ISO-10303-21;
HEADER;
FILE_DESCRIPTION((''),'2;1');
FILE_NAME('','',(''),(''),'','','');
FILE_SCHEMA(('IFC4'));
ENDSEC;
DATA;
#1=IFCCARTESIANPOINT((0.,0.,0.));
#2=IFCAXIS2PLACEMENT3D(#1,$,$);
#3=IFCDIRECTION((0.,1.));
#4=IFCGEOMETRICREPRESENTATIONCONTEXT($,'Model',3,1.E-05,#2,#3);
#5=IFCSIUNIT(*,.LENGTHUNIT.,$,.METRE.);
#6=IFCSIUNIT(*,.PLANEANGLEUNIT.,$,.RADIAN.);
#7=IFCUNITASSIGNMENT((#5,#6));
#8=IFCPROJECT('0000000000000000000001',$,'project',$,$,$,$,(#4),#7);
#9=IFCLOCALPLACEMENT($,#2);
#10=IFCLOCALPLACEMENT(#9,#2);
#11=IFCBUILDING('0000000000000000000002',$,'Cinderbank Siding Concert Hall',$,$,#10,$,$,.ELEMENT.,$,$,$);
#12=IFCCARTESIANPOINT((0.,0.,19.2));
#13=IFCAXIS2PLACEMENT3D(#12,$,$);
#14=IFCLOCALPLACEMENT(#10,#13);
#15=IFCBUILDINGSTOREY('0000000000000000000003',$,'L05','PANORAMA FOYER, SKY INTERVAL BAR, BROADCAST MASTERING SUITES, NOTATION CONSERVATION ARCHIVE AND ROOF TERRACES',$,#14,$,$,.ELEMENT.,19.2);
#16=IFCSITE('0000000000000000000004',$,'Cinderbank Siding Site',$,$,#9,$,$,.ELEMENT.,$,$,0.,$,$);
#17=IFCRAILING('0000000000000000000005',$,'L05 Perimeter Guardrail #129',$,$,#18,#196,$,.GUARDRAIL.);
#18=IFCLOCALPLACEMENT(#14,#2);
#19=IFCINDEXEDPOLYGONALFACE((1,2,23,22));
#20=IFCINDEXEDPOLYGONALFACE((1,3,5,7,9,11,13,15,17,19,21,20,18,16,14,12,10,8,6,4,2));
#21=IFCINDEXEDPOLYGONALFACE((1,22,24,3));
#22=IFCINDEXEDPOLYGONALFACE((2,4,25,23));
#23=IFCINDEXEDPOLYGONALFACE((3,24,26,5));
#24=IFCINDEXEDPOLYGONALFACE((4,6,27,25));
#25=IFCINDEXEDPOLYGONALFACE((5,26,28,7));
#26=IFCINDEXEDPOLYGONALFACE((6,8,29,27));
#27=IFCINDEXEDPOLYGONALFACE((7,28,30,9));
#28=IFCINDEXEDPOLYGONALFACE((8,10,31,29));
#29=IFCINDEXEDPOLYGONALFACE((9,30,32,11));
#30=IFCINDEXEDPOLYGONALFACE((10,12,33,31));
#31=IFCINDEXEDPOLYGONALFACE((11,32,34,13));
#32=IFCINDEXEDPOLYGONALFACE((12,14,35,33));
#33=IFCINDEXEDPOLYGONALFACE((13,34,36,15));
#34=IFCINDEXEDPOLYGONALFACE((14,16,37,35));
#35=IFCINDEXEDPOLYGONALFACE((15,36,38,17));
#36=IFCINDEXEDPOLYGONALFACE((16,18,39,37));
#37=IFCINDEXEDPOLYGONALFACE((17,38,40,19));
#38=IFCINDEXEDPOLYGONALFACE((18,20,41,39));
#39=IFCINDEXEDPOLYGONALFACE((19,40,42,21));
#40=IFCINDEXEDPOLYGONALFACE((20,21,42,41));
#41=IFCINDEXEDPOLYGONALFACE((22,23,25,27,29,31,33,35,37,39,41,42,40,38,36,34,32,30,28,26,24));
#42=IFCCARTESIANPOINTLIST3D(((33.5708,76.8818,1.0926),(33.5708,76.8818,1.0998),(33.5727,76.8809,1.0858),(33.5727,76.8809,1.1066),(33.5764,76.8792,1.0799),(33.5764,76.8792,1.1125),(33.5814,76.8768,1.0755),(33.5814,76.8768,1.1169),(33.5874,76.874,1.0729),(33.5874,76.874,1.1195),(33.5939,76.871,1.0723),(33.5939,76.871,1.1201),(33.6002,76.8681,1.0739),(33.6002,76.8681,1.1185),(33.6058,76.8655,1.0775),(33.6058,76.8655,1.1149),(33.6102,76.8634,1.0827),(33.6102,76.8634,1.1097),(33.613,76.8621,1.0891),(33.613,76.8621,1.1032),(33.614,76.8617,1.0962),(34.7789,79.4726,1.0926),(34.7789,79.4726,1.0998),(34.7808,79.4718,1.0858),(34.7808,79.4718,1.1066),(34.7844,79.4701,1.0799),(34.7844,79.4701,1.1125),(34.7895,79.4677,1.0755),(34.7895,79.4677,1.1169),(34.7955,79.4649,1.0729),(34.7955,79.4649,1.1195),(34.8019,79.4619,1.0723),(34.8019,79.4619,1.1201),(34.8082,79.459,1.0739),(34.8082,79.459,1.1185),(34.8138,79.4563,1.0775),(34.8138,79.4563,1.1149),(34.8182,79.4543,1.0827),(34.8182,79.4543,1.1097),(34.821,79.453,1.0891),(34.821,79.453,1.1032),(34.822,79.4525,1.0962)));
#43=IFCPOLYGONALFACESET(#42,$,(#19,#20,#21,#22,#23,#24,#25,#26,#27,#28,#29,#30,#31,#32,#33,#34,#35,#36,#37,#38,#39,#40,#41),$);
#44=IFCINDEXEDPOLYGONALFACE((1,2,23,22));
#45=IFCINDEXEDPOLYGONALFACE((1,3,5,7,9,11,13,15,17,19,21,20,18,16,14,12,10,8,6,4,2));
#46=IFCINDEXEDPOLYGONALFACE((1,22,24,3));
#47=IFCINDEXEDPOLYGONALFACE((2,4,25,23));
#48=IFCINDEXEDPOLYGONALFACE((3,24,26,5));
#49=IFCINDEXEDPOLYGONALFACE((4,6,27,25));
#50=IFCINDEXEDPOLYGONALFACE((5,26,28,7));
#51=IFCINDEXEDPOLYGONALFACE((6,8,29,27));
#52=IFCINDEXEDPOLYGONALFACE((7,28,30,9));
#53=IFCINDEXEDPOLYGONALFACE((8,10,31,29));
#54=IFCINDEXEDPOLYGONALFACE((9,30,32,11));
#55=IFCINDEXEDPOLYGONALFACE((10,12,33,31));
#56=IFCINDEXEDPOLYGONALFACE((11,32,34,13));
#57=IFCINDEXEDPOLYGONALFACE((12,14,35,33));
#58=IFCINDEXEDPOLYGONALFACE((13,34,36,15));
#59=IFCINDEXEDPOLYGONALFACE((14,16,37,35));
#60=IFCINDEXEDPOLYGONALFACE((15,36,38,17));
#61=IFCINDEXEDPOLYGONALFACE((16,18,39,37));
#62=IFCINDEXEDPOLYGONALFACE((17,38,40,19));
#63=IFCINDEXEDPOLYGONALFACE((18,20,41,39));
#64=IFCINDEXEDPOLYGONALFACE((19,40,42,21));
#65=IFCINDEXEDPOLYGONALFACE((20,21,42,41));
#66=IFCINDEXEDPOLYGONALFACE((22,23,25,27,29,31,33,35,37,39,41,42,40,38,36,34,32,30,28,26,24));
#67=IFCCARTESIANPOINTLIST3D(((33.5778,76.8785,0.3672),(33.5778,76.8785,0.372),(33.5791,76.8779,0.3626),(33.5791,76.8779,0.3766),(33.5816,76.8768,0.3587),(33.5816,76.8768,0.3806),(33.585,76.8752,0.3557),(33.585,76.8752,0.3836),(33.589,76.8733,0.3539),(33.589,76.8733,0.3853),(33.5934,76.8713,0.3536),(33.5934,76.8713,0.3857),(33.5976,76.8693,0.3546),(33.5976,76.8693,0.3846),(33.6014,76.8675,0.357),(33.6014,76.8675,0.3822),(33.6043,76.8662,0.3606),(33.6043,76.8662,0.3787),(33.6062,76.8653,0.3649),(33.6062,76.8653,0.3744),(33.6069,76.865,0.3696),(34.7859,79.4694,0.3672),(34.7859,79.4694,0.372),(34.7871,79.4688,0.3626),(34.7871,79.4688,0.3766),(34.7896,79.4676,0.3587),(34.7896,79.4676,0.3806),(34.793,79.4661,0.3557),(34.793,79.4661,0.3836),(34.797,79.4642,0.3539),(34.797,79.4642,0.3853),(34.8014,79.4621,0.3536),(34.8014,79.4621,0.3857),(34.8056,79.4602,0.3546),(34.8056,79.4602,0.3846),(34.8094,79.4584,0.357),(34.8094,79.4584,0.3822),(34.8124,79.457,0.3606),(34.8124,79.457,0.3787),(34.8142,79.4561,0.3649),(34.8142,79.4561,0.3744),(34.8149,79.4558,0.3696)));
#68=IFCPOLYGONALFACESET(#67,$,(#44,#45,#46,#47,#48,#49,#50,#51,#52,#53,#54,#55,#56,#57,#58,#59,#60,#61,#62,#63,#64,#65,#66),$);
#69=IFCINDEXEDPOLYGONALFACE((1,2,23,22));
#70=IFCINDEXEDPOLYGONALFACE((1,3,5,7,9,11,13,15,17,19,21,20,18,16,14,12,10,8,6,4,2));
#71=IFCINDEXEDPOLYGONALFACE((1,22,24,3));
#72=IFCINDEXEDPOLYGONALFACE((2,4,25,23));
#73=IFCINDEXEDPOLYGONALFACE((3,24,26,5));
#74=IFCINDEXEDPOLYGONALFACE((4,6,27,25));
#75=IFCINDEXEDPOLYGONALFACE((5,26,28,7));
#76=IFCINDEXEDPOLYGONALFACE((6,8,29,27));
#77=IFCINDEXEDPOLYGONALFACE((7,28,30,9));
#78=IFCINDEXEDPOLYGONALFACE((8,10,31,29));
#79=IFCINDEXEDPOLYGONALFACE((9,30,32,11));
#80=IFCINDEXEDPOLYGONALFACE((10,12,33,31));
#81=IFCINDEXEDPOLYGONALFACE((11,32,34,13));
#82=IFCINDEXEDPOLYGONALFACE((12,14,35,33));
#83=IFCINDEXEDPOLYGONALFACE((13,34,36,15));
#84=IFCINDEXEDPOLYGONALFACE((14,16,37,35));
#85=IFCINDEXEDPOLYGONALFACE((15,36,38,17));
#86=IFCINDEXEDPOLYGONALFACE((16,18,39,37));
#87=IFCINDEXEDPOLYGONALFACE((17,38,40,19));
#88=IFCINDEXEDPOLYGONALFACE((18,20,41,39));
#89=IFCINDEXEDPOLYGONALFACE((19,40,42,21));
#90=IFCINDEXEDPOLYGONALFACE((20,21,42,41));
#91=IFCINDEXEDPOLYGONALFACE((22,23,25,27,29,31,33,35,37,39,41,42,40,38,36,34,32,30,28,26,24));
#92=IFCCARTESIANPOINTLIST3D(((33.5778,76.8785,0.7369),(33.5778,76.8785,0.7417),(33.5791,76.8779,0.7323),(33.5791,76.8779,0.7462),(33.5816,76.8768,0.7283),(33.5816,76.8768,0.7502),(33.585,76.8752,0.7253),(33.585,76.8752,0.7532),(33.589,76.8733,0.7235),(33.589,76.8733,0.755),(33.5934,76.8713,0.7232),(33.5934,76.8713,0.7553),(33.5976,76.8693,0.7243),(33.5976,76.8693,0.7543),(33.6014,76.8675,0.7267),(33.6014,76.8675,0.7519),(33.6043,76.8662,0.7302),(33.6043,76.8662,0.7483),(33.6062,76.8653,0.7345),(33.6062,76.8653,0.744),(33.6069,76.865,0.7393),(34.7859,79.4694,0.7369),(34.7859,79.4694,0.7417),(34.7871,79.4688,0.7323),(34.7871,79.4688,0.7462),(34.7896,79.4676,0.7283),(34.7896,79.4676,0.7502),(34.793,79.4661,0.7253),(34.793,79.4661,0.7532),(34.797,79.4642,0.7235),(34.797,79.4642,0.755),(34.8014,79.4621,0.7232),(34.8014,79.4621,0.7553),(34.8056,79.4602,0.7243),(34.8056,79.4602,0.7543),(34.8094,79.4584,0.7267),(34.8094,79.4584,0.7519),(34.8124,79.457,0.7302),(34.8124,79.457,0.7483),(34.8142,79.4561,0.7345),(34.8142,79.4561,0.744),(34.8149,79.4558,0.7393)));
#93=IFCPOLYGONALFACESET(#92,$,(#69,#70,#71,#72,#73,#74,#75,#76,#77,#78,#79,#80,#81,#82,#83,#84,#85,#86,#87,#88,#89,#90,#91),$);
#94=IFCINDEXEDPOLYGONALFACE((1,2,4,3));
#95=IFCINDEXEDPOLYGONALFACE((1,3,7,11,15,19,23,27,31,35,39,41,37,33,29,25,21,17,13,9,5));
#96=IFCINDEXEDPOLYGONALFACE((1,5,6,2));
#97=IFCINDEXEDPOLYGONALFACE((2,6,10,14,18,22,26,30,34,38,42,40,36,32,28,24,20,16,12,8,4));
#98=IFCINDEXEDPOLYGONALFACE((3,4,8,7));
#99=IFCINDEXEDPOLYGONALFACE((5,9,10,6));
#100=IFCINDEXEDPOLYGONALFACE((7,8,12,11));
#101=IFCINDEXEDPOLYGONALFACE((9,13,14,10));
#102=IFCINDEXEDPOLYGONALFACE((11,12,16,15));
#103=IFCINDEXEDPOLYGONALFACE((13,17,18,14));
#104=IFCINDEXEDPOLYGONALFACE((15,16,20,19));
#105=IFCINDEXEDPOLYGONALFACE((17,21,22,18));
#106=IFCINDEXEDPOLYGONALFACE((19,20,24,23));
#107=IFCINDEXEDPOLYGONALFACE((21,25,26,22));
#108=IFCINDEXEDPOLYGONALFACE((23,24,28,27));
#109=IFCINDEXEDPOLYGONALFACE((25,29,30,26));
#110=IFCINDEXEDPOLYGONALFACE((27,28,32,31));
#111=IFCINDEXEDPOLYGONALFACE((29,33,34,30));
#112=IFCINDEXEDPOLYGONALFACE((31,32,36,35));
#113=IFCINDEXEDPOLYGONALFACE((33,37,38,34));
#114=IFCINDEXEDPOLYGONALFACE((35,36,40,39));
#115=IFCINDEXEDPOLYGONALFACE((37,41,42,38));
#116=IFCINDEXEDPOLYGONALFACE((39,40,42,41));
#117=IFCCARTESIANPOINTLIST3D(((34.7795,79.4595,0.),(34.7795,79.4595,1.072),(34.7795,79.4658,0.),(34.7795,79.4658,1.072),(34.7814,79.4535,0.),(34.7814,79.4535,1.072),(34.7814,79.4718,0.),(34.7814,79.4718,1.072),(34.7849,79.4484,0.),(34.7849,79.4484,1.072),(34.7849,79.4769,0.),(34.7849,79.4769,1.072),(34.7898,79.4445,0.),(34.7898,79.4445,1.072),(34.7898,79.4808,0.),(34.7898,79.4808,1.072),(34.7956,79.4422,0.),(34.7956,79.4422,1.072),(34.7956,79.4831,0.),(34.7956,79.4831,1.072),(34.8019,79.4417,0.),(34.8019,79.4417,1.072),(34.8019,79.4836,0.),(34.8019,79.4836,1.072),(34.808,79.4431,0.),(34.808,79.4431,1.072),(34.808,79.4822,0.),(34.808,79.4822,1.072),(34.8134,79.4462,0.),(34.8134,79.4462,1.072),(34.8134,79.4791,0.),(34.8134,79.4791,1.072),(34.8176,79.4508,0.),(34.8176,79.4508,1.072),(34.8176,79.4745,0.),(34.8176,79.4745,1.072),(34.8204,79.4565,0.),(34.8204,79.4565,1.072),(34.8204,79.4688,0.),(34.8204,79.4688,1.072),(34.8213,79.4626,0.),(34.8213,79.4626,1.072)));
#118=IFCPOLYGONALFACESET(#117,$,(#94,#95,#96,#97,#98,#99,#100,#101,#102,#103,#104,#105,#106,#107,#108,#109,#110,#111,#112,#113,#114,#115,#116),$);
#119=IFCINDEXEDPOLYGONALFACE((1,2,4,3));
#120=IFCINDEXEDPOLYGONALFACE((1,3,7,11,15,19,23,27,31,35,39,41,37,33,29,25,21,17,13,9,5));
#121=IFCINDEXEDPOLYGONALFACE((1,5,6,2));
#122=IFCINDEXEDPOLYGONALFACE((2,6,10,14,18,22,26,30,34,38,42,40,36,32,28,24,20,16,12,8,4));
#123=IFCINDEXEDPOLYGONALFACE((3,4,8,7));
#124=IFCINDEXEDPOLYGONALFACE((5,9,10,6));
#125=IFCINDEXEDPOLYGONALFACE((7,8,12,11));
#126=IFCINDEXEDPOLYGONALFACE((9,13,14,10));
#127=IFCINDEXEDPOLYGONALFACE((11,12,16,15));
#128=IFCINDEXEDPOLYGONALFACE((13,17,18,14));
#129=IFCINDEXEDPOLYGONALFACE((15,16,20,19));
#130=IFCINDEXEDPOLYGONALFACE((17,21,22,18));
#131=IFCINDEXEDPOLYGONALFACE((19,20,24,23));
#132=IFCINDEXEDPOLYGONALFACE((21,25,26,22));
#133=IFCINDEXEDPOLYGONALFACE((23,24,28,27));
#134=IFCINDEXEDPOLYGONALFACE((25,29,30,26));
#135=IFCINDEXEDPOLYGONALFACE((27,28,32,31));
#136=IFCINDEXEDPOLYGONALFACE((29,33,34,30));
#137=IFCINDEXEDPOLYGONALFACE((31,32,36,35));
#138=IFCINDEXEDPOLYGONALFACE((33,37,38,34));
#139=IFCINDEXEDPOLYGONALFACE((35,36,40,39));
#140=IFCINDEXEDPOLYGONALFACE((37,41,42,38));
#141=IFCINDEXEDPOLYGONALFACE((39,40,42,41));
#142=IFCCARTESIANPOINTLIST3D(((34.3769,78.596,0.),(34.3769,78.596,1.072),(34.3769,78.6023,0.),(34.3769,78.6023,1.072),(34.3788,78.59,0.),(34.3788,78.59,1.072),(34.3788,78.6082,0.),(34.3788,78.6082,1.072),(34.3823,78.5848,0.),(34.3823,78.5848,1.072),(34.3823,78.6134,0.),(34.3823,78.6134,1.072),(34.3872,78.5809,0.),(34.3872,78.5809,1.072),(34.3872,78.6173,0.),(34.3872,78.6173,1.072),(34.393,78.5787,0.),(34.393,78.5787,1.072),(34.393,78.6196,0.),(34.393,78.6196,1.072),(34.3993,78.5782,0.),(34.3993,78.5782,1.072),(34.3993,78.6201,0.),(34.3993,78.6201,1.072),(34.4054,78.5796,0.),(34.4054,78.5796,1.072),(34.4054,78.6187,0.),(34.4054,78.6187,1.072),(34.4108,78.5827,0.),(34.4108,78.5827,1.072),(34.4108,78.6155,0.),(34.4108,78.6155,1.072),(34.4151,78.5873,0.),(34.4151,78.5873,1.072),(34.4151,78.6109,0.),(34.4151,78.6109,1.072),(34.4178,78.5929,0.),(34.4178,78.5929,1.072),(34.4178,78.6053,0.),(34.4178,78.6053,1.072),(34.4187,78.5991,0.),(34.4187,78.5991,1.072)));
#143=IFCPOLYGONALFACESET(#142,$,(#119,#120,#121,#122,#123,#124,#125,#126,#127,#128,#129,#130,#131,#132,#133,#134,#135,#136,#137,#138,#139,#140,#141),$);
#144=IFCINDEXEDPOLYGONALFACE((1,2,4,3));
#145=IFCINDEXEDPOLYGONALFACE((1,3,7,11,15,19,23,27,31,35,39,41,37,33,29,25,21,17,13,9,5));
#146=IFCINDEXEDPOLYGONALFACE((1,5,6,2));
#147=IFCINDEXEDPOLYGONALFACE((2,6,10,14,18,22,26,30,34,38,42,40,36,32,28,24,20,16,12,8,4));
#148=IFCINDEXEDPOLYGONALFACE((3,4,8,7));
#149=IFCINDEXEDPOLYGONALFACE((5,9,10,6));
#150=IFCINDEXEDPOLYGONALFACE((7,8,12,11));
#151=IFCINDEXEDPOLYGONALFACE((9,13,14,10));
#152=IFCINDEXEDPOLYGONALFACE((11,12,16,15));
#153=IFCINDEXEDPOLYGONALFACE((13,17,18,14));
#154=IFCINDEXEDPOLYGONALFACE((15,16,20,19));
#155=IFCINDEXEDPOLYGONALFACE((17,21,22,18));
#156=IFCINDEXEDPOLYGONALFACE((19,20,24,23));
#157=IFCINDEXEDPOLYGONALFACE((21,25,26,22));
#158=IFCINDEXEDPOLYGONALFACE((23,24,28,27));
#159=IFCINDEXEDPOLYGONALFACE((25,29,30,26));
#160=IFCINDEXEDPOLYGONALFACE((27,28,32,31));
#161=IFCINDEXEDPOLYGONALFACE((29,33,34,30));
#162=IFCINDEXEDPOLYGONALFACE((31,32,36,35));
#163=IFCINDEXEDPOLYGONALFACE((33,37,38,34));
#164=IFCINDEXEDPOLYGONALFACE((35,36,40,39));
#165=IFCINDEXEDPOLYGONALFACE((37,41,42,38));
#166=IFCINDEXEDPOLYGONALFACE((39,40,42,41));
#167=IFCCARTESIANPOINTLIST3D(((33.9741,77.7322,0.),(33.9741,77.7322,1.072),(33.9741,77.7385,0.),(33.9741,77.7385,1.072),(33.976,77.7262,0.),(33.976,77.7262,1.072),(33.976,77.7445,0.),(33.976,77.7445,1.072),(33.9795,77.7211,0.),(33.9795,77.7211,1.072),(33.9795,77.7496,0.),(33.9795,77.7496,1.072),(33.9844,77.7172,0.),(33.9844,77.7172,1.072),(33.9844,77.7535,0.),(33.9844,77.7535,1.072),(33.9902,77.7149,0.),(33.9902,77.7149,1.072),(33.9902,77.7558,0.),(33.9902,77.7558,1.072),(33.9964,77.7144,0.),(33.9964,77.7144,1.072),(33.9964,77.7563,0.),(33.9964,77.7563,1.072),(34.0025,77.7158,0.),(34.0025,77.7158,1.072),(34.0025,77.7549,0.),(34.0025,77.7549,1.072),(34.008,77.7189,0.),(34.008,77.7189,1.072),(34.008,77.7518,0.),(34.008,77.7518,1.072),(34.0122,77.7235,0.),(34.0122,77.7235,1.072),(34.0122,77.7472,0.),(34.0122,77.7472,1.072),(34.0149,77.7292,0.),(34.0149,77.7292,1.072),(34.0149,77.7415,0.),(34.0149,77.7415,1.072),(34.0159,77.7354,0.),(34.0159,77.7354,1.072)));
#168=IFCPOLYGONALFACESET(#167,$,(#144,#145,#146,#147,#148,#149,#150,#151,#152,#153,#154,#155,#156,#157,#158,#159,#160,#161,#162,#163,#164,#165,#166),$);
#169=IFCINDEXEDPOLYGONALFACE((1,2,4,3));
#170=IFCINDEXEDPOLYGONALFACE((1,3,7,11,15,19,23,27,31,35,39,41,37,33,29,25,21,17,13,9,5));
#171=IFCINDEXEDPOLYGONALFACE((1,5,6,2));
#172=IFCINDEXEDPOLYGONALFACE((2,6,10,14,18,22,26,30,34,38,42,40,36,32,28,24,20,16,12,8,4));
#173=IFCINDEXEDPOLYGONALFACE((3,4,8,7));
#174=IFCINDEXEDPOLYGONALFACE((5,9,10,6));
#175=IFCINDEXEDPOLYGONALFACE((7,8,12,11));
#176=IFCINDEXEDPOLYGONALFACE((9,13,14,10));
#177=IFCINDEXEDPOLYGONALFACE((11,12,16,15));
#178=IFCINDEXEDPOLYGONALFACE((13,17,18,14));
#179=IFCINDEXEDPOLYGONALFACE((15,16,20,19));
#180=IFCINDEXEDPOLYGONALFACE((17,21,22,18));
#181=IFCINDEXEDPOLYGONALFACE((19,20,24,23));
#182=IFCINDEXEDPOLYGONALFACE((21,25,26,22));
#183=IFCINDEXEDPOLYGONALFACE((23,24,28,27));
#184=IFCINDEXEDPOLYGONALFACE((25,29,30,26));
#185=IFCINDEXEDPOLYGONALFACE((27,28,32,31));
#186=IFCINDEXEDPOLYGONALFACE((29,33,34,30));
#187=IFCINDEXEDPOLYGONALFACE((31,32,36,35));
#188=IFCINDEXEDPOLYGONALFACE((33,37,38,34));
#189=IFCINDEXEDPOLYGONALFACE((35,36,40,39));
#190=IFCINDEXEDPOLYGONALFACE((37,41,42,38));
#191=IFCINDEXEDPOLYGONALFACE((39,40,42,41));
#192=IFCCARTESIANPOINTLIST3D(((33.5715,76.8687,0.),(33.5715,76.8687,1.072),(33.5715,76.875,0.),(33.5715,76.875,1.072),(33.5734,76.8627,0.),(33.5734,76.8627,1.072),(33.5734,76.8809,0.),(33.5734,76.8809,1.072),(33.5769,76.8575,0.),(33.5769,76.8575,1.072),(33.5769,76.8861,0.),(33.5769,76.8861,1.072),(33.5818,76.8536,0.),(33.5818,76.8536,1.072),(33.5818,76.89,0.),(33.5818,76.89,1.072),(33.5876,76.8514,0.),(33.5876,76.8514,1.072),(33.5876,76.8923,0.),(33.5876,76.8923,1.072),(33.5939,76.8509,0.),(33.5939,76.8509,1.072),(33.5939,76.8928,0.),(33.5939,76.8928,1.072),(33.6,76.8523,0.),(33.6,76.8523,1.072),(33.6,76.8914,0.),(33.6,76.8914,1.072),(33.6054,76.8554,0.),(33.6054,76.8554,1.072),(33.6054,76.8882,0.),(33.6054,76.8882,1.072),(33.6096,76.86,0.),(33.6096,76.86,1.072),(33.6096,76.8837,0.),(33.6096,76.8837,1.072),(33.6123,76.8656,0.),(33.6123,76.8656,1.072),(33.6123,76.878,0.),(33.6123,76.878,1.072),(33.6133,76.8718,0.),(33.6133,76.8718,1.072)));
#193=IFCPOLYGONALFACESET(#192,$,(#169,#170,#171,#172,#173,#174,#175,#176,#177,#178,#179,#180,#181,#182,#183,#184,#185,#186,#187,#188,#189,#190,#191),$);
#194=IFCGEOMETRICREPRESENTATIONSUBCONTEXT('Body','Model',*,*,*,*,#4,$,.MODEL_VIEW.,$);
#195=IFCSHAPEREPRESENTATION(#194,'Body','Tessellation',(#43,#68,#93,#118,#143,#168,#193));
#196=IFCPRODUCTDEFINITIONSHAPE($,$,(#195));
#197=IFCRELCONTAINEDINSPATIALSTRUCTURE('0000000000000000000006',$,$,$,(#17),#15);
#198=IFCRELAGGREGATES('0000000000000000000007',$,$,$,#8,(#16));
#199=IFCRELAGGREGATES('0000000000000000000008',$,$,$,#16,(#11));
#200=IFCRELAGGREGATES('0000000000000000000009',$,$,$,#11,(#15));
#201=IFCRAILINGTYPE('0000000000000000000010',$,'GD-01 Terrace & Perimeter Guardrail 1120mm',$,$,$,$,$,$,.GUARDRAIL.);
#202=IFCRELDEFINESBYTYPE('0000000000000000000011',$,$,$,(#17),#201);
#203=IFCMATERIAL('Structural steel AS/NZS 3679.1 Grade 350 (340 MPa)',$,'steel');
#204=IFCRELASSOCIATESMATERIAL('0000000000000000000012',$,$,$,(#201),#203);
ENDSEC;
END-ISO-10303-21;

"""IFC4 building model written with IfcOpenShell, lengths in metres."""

from ifc_helpers import new_model, si_unit, direction, frame, origin, origin_2d, place, context, subcontext, project, spatial, circle, extrude, material, type_object, element, save


model = new_model("IFC4")

# Units and contexts
model_context = context("Model", 3, precision=1e-05, world=origin(), true_north=direction((0.0, 1.0)))
body_context = subcontext(model_context, "Body", "Model", "MODEL_VIEW")
ifc_project = project(units=[si_unit("LENGTHUNIT", "METRE"), si_unit("PLANEANGLEUNIT", "RADIAN")], contexts=[model_context])

# Site, building, storey
site_placement = place(None, origin())
site = spatial("IfcSite", under=ifc_project, at=site_placement, Name="Cinderbank Siding Site", CompositionType="ELEMENT", RefElevation=0.0)
building_placement = place(site_placement, origin())
building = spatial("IfcBuilding", under=site, at=building_placement, Name="Cinderbank Siding Concert Hall", CompositionType="ELEMENT")
storey_placement = place(building_placement, frame((0.0, 0.0, 19.2)))
storey = spatial("IfcBuildingStorey", under=building, at=storey_placement, Name="L05", Description="PANORAMA FOYER, SKY INTERVAL BAR, BROADCAST MASTERING SUITES, NOTATION CONSERVATION ARCHIVE AND ROOF TERRACES", CompositionType="ELEMENT", Elevation=19.2)

# Railing
ifc_material_1 = material(Name="Structural steel AS/NZS 3679.1 Grade 350 (340 MPa)", Category="steel")
railing_type = type_object("IfcRailingType", Name="GD-01 Terrace & Perimeter Guardrail 1120mm", PredefinedType="GUARDRAIL", material=ifc_material_1)
railing_1_placement = place(storey_placement, frame((34.8003, 79.4626, 0.0)))
element("IfcRailing", 1, at=railing_1_placement, inside=storey, type_object=railing_type, Name="L05 Perimeter Guardrail #129", PredefinedType="GUARDRAIL", context=body_context, shape_type="SweptSolid", body=[
    extrude(circle(Radius=0.0239, at=origin_2d()), frame((0.0, 0.0, 1.0962), z_axis=(-0.422586, -0.906323, 0.0), x_axis=(0.906323, -0.422586, 0.0)), (0.0, 0.0, 1.0), 2.8586),
    extrude(circle(Radius=0.0161, at=origin_2d()), frame((0.0, 0.0, 0.3696), z_axis=(-0.422586, -0.906323, 0.0), x_axis=(0.906323, -0.422586, 0.0)), (0.0, 0.0, 1.0), 2.8586),
    extrude(circle(Radius=0.0161, at=origin_2d()), frame((0.0, 0.0, 0.7393), z_axis=(-0.422586, -0.906323, 0.0), x_axis=(0.906323, -0.422586, 0.0)), (0.0, 0.0, 1.0), 2.8586),
    extrude(circle(Radius=0.021, at=origin_2d()), origin(), (0.0, 0.0, 1.0), 1.072),
    extrude(circle(Radius=0.021, at=origin_2d()), frame((-0.4026, -0.8635, 0.0)), (0.0, 0.0, 1.0), 1.072),
    extrude(circle(Radius=0.021, at=origin_2d()), frame((-0.8054, -1.7273, 0.0)), (0.0, 0.0, 1.0), 1.072),
    extrude(circle(Radius=0.021, at=origin_2d()), frame((-1.208, -2.5908, 0.0)), (0.0, 0.0, 1.0), 1.072),
])

save(model, "model.ifc")
